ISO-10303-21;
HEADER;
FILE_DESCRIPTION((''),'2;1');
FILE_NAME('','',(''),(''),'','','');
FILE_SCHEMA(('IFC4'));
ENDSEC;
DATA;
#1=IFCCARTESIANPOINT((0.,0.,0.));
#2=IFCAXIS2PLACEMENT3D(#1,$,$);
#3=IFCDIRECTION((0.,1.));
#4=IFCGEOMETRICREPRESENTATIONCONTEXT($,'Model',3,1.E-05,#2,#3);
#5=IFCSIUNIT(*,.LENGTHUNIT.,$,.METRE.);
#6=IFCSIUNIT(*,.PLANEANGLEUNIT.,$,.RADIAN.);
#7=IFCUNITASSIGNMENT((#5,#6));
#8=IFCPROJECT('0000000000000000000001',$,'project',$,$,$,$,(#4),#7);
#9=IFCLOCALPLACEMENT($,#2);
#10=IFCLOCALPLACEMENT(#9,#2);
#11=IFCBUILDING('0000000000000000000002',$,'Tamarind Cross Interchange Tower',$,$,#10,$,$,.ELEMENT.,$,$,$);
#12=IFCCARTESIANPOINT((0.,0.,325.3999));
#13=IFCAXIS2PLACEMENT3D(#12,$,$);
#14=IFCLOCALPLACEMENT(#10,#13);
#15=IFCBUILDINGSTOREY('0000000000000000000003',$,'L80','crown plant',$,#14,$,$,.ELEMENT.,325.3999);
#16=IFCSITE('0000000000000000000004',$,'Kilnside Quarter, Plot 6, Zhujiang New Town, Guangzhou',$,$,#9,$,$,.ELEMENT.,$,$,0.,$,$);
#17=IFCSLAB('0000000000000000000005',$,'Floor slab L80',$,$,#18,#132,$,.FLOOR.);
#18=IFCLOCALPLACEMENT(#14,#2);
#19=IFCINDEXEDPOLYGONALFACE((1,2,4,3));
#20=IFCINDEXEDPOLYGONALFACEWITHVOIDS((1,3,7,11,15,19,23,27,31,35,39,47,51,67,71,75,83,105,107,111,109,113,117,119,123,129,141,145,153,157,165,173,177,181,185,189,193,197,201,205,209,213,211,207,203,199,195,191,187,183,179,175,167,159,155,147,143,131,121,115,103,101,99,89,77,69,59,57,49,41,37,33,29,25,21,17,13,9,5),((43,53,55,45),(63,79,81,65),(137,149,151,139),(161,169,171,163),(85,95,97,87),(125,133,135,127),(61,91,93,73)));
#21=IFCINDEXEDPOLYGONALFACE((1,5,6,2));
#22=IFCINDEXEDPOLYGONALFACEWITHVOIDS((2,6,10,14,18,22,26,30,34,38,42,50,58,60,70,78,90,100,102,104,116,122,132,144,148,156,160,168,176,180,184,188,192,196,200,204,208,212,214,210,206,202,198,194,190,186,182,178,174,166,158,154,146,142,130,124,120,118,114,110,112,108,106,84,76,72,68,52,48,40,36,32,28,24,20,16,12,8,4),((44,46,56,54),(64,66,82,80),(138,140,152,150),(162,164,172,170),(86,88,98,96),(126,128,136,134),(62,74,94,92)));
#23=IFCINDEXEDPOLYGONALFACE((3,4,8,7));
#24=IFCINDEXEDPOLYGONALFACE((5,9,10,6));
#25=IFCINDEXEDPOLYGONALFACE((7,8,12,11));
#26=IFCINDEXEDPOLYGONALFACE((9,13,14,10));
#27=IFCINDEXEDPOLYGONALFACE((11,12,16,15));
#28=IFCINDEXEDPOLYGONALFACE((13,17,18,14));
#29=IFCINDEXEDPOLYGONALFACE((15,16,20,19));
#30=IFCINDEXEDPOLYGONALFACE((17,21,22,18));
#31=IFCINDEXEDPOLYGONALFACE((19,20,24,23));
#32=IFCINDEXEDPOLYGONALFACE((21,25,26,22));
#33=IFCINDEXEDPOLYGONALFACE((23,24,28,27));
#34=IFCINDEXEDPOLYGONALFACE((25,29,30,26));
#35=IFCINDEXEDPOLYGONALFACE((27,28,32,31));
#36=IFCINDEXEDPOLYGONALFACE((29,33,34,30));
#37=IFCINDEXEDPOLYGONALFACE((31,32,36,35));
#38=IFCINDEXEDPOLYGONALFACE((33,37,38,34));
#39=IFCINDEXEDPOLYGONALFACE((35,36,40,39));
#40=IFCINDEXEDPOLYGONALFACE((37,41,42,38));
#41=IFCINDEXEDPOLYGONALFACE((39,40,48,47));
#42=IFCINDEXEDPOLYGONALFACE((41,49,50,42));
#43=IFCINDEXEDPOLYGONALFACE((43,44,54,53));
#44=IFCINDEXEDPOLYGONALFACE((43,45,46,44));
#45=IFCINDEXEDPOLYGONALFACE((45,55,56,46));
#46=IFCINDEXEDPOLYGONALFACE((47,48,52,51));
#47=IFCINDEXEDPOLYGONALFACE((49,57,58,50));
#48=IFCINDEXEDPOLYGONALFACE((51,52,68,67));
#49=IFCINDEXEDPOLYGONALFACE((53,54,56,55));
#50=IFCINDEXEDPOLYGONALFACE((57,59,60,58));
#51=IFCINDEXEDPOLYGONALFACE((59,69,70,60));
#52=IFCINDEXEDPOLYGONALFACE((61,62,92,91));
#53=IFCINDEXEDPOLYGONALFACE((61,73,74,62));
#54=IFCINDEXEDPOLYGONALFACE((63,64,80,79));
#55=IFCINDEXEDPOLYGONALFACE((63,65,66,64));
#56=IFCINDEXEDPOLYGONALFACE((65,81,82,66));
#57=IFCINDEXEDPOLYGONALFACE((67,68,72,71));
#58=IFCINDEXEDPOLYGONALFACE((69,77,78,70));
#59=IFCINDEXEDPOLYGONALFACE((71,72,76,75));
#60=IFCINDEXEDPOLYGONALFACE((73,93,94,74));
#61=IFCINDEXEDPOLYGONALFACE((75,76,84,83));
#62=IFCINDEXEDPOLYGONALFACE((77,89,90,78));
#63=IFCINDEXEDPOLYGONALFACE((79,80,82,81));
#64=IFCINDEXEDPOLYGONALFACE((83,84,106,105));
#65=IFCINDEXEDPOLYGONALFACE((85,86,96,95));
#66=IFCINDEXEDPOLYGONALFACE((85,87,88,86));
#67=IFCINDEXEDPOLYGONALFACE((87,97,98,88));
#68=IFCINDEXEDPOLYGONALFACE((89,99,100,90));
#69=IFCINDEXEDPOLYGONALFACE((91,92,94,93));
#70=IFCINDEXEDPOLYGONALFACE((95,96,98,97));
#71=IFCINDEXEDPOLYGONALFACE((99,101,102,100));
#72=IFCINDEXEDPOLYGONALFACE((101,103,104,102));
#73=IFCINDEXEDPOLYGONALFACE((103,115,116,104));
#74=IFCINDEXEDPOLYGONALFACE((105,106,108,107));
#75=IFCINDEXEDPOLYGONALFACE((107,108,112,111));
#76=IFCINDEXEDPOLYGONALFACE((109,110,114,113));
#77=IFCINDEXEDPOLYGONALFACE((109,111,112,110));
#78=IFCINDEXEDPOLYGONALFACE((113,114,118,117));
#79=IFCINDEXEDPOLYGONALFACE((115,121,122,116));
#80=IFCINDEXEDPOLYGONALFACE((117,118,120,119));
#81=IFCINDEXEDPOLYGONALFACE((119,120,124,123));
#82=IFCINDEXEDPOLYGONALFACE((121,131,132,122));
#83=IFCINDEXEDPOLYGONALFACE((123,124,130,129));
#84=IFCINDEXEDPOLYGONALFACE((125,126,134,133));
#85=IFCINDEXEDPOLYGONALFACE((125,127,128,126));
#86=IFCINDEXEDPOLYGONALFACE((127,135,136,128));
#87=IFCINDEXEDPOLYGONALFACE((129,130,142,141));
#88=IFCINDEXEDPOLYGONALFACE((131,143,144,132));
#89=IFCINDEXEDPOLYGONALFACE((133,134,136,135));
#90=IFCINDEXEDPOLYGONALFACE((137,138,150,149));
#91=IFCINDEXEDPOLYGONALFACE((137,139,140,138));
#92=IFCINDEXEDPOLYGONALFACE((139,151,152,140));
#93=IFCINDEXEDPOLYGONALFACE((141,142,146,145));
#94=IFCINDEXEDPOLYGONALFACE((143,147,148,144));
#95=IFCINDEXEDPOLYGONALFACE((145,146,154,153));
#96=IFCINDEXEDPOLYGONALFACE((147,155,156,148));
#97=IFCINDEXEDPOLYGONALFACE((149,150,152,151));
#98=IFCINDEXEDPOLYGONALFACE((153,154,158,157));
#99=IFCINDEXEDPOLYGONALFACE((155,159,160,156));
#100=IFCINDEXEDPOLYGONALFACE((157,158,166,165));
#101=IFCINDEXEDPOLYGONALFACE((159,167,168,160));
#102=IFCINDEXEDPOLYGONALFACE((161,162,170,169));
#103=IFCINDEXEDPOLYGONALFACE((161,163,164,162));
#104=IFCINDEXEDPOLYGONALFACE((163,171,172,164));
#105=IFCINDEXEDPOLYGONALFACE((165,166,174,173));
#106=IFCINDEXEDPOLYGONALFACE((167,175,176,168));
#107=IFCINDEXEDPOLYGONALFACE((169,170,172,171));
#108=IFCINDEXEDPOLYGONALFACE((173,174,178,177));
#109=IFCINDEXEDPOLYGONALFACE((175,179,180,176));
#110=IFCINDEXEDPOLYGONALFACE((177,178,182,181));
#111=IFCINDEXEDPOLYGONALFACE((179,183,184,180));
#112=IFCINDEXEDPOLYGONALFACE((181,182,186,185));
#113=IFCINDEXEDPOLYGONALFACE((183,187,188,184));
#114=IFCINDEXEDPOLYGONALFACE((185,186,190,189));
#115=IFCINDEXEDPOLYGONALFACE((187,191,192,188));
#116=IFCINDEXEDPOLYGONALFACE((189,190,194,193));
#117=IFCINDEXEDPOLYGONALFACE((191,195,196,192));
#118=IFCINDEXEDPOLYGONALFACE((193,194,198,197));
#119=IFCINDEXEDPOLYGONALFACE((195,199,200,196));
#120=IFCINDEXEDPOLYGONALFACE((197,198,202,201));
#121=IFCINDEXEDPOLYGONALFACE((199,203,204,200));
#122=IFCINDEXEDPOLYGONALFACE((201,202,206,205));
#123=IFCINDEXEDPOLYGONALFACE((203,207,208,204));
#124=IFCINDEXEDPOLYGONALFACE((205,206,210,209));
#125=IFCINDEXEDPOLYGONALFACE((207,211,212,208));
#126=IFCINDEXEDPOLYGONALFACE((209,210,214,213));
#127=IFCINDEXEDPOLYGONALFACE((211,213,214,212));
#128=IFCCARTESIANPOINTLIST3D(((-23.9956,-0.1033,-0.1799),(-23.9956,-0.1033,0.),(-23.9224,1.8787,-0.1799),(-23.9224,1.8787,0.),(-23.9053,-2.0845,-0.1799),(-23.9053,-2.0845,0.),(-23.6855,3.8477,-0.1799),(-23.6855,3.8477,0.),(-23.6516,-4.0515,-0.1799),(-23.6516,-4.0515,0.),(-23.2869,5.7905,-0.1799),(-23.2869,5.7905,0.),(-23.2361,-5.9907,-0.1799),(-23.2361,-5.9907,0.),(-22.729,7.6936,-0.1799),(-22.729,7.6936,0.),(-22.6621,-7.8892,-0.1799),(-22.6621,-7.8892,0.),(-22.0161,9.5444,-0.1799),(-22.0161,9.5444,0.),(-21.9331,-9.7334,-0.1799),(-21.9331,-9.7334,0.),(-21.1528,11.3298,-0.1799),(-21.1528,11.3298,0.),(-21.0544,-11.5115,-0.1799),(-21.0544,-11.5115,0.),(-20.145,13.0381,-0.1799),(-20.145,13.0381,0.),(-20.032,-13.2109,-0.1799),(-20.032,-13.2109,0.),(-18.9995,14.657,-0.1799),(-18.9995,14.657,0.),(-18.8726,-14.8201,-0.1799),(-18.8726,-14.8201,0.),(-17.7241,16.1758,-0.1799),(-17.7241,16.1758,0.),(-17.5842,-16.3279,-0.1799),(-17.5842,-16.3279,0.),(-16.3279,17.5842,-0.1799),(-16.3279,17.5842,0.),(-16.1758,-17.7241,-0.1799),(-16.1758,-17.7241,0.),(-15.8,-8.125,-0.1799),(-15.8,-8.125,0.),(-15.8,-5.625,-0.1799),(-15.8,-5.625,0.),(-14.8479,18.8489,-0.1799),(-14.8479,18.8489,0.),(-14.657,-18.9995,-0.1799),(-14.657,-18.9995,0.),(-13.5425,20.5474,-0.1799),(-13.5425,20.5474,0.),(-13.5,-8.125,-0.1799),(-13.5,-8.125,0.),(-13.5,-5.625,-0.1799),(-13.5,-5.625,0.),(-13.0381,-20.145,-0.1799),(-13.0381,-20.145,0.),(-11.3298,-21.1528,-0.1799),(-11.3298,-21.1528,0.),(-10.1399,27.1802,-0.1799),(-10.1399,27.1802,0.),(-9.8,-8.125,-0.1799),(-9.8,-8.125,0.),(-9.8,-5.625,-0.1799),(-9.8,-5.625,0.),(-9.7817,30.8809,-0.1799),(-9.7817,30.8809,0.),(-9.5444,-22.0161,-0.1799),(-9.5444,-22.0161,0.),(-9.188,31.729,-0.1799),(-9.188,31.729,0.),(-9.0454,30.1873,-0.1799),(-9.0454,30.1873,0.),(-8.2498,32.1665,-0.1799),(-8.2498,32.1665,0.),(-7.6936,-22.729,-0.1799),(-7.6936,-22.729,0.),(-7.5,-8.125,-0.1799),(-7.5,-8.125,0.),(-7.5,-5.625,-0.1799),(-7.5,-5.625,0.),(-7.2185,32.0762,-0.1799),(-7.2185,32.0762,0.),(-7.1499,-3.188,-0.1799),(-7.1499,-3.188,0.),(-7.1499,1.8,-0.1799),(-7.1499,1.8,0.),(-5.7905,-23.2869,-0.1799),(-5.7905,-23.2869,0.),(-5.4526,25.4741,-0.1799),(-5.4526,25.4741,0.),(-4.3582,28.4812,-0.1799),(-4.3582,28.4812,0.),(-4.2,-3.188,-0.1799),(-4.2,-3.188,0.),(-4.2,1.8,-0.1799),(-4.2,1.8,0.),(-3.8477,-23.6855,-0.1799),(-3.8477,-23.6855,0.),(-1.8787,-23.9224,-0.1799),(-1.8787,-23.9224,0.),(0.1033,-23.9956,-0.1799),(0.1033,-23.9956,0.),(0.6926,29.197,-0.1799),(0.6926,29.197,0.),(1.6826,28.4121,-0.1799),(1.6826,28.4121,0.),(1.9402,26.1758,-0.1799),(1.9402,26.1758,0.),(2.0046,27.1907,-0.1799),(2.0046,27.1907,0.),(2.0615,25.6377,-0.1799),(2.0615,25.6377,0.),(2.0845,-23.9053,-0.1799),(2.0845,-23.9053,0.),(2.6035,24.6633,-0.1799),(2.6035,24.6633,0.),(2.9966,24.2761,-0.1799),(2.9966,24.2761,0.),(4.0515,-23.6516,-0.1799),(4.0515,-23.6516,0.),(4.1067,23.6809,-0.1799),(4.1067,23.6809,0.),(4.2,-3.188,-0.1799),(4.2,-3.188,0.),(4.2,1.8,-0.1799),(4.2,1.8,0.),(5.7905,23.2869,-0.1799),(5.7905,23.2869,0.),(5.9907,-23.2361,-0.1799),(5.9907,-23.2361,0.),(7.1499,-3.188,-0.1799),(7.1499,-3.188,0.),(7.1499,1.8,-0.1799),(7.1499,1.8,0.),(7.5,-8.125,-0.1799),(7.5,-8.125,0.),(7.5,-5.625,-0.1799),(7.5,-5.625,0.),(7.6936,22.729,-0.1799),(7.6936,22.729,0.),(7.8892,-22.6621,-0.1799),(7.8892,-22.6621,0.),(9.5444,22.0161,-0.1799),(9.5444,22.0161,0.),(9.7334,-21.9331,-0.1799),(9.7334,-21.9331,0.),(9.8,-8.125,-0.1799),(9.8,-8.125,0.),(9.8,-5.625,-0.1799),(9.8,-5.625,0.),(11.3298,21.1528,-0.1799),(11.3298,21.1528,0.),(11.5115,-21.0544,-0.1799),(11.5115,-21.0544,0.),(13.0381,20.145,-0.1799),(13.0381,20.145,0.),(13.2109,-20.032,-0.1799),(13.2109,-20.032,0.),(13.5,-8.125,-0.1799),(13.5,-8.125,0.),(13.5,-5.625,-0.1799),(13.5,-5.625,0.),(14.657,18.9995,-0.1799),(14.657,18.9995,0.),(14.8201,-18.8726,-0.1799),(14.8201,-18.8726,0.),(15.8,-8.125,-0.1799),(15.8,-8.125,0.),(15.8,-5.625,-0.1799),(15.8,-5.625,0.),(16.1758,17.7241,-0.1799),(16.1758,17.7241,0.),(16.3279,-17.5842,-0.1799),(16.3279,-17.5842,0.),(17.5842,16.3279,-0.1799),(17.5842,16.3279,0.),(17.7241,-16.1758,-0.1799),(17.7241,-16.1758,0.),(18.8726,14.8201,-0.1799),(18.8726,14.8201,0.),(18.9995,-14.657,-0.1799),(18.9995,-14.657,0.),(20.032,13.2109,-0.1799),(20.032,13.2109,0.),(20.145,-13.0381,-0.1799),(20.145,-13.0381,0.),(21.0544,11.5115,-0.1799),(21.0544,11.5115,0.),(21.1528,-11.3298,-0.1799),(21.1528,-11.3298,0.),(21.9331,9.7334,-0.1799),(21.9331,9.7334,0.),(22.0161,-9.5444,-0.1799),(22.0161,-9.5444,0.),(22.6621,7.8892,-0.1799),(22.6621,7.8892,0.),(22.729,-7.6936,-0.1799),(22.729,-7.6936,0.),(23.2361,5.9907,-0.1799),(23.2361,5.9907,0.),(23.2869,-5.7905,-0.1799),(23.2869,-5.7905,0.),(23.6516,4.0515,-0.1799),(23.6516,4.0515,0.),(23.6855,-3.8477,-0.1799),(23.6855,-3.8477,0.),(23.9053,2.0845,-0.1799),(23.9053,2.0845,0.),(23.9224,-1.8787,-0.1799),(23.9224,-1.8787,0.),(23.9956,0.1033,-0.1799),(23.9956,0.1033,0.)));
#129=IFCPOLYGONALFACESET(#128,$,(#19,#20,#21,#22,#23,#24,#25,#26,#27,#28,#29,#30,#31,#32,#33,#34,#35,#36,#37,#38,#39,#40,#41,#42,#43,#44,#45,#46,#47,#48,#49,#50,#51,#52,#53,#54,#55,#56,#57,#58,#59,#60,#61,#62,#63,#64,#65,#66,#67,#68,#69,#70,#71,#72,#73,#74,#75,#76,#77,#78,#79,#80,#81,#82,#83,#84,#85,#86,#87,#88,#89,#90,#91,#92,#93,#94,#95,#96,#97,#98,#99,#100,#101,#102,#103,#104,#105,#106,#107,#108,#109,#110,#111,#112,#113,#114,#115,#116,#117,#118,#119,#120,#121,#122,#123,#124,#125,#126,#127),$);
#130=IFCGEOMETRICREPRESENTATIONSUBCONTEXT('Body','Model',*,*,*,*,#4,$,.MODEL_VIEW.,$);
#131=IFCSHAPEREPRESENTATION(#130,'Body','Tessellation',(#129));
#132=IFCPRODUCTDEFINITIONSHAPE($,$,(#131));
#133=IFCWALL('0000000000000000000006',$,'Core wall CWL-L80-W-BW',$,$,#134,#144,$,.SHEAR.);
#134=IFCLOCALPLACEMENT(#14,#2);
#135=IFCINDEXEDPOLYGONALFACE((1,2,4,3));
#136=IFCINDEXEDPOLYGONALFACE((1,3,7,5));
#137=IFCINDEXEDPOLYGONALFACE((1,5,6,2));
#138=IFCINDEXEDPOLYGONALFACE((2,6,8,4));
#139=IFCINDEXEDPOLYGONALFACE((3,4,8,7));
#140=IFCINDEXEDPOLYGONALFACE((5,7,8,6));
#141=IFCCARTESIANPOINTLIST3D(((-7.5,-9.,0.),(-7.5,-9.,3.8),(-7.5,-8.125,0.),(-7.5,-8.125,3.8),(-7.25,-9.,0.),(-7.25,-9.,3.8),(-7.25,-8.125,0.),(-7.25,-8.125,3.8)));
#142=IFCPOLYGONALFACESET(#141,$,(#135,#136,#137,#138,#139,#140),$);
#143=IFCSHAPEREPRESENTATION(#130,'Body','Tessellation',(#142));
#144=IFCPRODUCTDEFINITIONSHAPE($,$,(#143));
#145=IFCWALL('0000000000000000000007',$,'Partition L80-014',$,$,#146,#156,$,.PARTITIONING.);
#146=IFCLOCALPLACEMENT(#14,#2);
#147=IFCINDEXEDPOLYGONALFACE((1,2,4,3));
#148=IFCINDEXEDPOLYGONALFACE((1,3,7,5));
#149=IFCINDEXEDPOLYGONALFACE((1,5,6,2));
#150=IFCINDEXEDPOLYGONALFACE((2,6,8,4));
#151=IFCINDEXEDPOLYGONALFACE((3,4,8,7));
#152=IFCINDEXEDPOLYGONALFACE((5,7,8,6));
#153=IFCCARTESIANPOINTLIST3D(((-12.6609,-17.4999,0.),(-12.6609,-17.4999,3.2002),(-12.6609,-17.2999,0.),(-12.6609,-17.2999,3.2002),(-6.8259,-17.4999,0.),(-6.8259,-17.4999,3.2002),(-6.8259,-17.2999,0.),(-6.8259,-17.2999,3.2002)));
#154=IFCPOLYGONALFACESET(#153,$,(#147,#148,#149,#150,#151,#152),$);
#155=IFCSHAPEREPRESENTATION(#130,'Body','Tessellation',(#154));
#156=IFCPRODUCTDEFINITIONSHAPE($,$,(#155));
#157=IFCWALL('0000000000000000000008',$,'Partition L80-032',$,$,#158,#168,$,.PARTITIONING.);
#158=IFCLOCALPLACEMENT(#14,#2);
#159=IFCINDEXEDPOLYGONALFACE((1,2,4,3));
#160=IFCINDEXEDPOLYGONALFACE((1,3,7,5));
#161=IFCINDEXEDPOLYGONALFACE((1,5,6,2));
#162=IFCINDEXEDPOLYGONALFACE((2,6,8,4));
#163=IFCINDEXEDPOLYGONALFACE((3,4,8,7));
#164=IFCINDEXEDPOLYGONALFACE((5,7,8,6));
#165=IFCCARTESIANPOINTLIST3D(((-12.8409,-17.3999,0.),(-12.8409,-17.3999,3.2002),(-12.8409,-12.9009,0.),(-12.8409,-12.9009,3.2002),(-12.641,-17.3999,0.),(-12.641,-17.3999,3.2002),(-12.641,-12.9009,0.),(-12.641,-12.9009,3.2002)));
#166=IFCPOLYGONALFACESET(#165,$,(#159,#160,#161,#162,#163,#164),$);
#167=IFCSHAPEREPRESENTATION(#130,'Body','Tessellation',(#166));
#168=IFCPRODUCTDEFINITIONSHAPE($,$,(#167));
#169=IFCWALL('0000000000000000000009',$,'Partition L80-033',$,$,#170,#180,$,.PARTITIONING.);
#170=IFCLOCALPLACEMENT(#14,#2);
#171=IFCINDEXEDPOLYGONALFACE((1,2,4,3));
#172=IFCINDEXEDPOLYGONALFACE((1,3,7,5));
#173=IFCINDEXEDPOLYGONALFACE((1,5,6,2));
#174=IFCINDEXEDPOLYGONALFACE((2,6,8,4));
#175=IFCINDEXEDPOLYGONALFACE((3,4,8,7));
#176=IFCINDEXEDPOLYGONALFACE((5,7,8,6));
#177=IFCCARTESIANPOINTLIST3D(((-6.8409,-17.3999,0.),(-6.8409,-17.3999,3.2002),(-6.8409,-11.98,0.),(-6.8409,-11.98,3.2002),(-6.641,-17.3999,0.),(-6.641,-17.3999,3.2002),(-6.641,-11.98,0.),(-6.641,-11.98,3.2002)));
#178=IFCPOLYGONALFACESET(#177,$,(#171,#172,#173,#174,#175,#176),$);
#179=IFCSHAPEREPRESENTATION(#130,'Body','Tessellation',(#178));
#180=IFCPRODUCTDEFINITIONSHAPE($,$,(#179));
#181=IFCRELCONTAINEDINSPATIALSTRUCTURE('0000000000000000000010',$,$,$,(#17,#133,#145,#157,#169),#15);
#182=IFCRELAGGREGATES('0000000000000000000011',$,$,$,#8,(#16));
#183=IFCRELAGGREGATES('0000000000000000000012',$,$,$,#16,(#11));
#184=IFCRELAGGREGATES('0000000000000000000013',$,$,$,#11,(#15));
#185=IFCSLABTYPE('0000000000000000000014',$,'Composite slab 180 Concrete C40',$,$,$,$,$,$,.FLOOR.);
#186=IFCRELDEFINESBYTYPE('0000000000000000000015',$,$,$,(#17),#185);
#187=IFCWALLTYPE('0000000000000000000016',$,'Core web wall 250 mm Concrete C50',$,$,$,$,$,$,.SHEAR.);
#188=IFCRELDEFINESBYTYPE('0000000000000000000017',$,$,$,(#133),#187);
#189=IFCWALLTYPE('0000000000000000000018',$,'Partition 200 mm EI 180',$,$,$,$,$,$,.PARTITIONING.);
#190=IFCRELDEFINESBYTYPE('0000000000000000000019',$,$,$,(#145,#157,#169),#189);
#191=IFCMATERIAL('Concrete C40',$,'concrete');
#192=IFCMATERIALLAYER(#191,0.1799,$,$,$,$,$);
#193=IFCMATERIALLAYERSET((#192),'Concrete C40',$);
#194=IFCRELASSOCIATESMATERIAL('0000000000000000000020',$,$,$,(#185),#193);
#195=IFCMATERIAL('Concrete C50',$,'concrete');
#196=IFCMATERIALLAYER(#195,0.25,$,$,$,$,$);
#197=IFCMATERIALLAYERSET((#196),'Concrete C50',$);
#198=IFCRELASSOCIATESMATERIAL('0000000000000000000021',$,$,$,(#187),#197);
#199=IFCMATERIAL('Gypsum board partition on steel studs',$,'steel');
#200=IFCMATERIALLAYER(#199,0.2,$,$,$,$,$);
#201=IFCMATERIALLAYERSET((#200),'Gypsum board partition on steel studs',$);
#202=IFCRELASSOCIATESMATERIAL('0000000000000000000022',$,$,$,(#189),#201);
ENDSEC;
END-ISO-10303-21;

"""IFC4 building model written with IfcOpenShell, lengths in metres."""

from ifc_helpers import new_model, si_unit, direction, frame, frame_2d, origin, place, context, subcontext, project, spatial, polyline, rectangle, outline, extrude, material, layer, layer_set, type_object, element, save


model = new_model("IFC4")

# Units and contexts
model_context = context("Model", 3, precision=1e-05, world=origin(), true_north=direction((0.0, 1.0)))
body_context = subcontext(model_context, "Body", "Model", "MODEL_VIEW")
ifc_project = project(units=[si_unit("LENGTHUNIT", "METRE"), si_unit("PLANEANGLEUNIT", "RADIAN")], contexts=[model_context])

# Site, building, storey
site_placement = place(None, origin())
site = spatial("IfcSite", under=ifc_project, at=site_placement, Name="Kilnside Quarter, Plot 6, Zhujiang New Town, Guangzhou", CompositionType="ELEMENT", RefElevation=0.0)
building_placement = place(site_placement, origin())
building = spatial("IfcBuilding", under=site, at=building_placement, Name="Tamarind Cross Interchange Tower", CompositionType="ELEMENT")
storey_placement = place(building_placement, frame((0.0, 0.0, 325.3999)))
storey = spatial("IfcBuildingStorey", under=building, at=storey_placement, Name="L80", Description="crown plant", CompositionType="ELEMENT", Elevation=325.3999)

# Slab
ifc_material_1 = material(Name="Concrete C40", Category="concrete")
ifc_layer_1 = layer(ifc_material_1, 0.1799)
ifc_layer_set_1 = layer_set([ifc_layer_1], Name="Concrete C40")
slab_type = type_object("IfcSlabType", Name="Composite slab 180 Concrete C40", PredefinedType="FLOOR", material=ifc_layer_set_1)
slab_placement = place(storey_placement, frame((0.0, 0.0, -0.1799)))
element("IfcSlab", 1, at=slab_placement, inside=storey, type_object=slab_type, Name="Floor slab L80", PredefinedType="FLOOR", context=body_context, shape_type="SweptSolid", body=[
    extrude(outline(polyline([(-9.188, 31.729), (-9.7817, 30.8809), (-13.5425, 20.5474), (-14.8479, 18.8489), (-16.3279, 17.5842), (-17.7241, 16.1758), (-18.9995, 14.657), (-20.145, 13.0381), (-21.1528, 11.3298), (-22.0161, 9.5444), (-22.729, 7.6936), (-23.2869, 5.7905), (-23.6855, 3.8477), (-23.9224, 1.8787), (-23.9956, -0.1033), (-23.9053, -2.0845), (-23.6516, -4.0515), (-23.2361, -5.9907), (-22.6621, -7.8892), (-21.9331, -9.7334), (-21.0544, -11.5115), (-20.032, -13.2109), (-18.8726, -14.8201), (-17.5842, -16.3279), (-16.1758, -17.7241), (-14.657, -18.9995), (-13.0381, -20.145), (-11.3298, -21.1528), (-9.5444, -22.0161), (-7.6936, -22.729), (-5.7905, -23.2869), (-3.8477, -23.6855), (-1.8787, -23.9224), (0.1033, -23.9956), (2.0845, -23.9053), (4.0515, -23.6516), (5.9907, -23.2361), (7.8892, -22.6621), (9.7334, -21.9331), (11.5115, -21.0544), (13.2109, -20.032), (14.8201, -18.8726), (16.3279, -17.5842), (17.7241, -16.1758), (18.9995, -14.657), (20.145, -13.0381), (21.1528, -11.3298), (22.0161, -9.5444), (22.729, -7.6936), (23.2869, -5.7905), (23.6855, -3.8477), (23.9224, -1.8787), (23.9956, 0.1033), (23.9053, 2.0845), (23.6516, 4.0515), (23.2361, 5.9907), (22.6621, 7.8892), (21.9331, 9.7334), (21.0544, 11.5115), (20.032, 13.2109), (18.8726, 14.8201), (17.5842, 16.3279), (16.1758, 17.7241), (14.657, 18.9995), (13.0381, 20.145), (11.3298, 21.1528), (9.5444, 22.0161), (7.6936, 22.729), (5.7905, 23.2869), (4.1067, 23.6809), (2.9966, 24.2761), (2.6035, 24.6633), (2.0615, 25.6377), (1.9402, 26.1758), (2.0046, 27.1907), (1.6826, 28.4121), (0.6926, 29.197), (-7.2185, 32.0762), (-8.2498, 32.1665), (-9.188, 31.729)]), holes=[polyline([(-15.8, -8.125), (-15.8, -5.625), (-13.5, -5.625), (-13.5, -8.125), (-15.8, -8.125)]), polyline([(-9.8, -5.625), (-7.5, -5.625), (-7.5, -8.125), (-9.8, -8.125), (-9.8, -5.625)]), polyline([(9.8, -8.125), (7.5, -8.125), (7.5, -5.625), (9.8, -5.625), (9.8, -8.125)]), polyline([(15.8, -8.125), (13.5, -8.125), (13.5, -5.625), (15.8, -5.625), (15.8, -8.125)]), polyline([(-7.1499, -3.188), (-7.1499, 1.8), (-4.2, 1.8), (-4.2, -3.188), (-7.1499, -3.188)]), polyline([(4.2, -3.188), (4.2, 1.8), (7.1499, 1.8), (7.1499, -3.188), (4.2, -3.188)]), polyline([(-5.4526, 25.4741), (-10.1399, 27.1802), (-9.0454, 30.1873), (-4.3582, 28.4812), (-5.4526, 25.4741)])]), origin(), (0.0, 0.0, 1.0), 0.1799),
])

# Walls
ifc_material_2 = material(Name="Concrete C50", Category="concrete")
ifc_layer_2 = layer(ifc_material_2, 0.25)
ifc_layer_set_2 = layer_set([ifc_layer_2], Name="Concrete C50")
wall_type_1 = type_object("IfcWallType", Name="Core web wall 250 mm Concrete C50", PredefinedType="SHEAR", material=ifc_layer_set_2)
wall_1_placement = place(storey_placement, frame((-7.375, -9.0, 0.0), z_axis=(0.0, 0.0, 1.0), x_axis=(0.0, 1.0, 0.0)))
element("IfcWall", 2, at=wall_1_placement, inside=storey, type_object=wall_type_1, Name="Core wall CWL-L80-W-BW", PredefinedType="SHEAR", context=body_context, shape_type="SweptSolid", body=[
    extrude(rectangle(XDim=0.875, YDim=0.25, at=frame_2d((0.4375, 0.0))), origin(), (0.0, 0.0, 1.0), 3.8),
])
ifc_material_3 = material(Name="Gypsum board partition on steel studs", Category="steel")
ifc_layer_3 = layer(ifc_material_3, 0.2)
ifc_layer_set_3 = layer_set([ifc_layer_3], Name="Gypsum board partition on steel studs")
wall_type_2 = type_object("IfcWallType", Name="Partition 200 mm EI 180", PredefinedType="PARTITIONING", material=ifc_layer_set_3)
wall_2_placement = place(storey_placement, frame((-12.6609, -17.3999, 0.0), z_axis=(0.0, 0.0, 1.0), x_axis=(1.0, 0.0, 0.0)))
element("IfcWall", 3, at=wall_2_placement, inside=storey, type_object=wall_type_2, Name="Partition L80-014", PredefinedType="PARTITIONING", context=body_context, shape_type="SweptSolid", body=[
    extrude(rectangle(XDim=5.835, YDim=0.2, at=frame_2d((2.9175, 0.0))), origin(), (0.0, 0.0, 1.0), 3.2002),
])
wall_3_placement = place(storey_placement, frame((-12.741, -17.3999, 0.0), z_axis=(0.0, 0.0, 1.0), x_axis=(0.0, 1.0, 0.0)))
element("IfcWall", 4, at=wall_3_placement, inside=storey, type_object=wall_type_2, Name="Partition L80-032", PredefinedType="PARTITIONING", context=body_context, shape_type="SweptSolid", body=[
    extrude(rectangle(XDim=4.499, YDim=0.2, at=frame_2d((2.2495, 0.0))), origin(), (0.0, 0.0, 1.0), 3.2002),
])
wall_4_placement = place(storey_placement, frame((-6.741, -17.3999, 0.0), z_axis=(0.0, 0.0, 1.0), x_axis=(0.0, 1.0, 0.0)))
element("IfcWall", 5, at=wall_4_placement, inside=storey, type_object=wall_type_2, Name="Partition L80-033", PredefinedType="PARTITIONING", context=body_context, shape_type="SweptSolid", body=[
    extrude(rectangle(XDim=5.4199, YDim=0.2, at=frame_2d((2.71, 0.0))), origin(), (0.0, 0.0, 1.0), 3.2002),
])

save(model, "model.ifc")
